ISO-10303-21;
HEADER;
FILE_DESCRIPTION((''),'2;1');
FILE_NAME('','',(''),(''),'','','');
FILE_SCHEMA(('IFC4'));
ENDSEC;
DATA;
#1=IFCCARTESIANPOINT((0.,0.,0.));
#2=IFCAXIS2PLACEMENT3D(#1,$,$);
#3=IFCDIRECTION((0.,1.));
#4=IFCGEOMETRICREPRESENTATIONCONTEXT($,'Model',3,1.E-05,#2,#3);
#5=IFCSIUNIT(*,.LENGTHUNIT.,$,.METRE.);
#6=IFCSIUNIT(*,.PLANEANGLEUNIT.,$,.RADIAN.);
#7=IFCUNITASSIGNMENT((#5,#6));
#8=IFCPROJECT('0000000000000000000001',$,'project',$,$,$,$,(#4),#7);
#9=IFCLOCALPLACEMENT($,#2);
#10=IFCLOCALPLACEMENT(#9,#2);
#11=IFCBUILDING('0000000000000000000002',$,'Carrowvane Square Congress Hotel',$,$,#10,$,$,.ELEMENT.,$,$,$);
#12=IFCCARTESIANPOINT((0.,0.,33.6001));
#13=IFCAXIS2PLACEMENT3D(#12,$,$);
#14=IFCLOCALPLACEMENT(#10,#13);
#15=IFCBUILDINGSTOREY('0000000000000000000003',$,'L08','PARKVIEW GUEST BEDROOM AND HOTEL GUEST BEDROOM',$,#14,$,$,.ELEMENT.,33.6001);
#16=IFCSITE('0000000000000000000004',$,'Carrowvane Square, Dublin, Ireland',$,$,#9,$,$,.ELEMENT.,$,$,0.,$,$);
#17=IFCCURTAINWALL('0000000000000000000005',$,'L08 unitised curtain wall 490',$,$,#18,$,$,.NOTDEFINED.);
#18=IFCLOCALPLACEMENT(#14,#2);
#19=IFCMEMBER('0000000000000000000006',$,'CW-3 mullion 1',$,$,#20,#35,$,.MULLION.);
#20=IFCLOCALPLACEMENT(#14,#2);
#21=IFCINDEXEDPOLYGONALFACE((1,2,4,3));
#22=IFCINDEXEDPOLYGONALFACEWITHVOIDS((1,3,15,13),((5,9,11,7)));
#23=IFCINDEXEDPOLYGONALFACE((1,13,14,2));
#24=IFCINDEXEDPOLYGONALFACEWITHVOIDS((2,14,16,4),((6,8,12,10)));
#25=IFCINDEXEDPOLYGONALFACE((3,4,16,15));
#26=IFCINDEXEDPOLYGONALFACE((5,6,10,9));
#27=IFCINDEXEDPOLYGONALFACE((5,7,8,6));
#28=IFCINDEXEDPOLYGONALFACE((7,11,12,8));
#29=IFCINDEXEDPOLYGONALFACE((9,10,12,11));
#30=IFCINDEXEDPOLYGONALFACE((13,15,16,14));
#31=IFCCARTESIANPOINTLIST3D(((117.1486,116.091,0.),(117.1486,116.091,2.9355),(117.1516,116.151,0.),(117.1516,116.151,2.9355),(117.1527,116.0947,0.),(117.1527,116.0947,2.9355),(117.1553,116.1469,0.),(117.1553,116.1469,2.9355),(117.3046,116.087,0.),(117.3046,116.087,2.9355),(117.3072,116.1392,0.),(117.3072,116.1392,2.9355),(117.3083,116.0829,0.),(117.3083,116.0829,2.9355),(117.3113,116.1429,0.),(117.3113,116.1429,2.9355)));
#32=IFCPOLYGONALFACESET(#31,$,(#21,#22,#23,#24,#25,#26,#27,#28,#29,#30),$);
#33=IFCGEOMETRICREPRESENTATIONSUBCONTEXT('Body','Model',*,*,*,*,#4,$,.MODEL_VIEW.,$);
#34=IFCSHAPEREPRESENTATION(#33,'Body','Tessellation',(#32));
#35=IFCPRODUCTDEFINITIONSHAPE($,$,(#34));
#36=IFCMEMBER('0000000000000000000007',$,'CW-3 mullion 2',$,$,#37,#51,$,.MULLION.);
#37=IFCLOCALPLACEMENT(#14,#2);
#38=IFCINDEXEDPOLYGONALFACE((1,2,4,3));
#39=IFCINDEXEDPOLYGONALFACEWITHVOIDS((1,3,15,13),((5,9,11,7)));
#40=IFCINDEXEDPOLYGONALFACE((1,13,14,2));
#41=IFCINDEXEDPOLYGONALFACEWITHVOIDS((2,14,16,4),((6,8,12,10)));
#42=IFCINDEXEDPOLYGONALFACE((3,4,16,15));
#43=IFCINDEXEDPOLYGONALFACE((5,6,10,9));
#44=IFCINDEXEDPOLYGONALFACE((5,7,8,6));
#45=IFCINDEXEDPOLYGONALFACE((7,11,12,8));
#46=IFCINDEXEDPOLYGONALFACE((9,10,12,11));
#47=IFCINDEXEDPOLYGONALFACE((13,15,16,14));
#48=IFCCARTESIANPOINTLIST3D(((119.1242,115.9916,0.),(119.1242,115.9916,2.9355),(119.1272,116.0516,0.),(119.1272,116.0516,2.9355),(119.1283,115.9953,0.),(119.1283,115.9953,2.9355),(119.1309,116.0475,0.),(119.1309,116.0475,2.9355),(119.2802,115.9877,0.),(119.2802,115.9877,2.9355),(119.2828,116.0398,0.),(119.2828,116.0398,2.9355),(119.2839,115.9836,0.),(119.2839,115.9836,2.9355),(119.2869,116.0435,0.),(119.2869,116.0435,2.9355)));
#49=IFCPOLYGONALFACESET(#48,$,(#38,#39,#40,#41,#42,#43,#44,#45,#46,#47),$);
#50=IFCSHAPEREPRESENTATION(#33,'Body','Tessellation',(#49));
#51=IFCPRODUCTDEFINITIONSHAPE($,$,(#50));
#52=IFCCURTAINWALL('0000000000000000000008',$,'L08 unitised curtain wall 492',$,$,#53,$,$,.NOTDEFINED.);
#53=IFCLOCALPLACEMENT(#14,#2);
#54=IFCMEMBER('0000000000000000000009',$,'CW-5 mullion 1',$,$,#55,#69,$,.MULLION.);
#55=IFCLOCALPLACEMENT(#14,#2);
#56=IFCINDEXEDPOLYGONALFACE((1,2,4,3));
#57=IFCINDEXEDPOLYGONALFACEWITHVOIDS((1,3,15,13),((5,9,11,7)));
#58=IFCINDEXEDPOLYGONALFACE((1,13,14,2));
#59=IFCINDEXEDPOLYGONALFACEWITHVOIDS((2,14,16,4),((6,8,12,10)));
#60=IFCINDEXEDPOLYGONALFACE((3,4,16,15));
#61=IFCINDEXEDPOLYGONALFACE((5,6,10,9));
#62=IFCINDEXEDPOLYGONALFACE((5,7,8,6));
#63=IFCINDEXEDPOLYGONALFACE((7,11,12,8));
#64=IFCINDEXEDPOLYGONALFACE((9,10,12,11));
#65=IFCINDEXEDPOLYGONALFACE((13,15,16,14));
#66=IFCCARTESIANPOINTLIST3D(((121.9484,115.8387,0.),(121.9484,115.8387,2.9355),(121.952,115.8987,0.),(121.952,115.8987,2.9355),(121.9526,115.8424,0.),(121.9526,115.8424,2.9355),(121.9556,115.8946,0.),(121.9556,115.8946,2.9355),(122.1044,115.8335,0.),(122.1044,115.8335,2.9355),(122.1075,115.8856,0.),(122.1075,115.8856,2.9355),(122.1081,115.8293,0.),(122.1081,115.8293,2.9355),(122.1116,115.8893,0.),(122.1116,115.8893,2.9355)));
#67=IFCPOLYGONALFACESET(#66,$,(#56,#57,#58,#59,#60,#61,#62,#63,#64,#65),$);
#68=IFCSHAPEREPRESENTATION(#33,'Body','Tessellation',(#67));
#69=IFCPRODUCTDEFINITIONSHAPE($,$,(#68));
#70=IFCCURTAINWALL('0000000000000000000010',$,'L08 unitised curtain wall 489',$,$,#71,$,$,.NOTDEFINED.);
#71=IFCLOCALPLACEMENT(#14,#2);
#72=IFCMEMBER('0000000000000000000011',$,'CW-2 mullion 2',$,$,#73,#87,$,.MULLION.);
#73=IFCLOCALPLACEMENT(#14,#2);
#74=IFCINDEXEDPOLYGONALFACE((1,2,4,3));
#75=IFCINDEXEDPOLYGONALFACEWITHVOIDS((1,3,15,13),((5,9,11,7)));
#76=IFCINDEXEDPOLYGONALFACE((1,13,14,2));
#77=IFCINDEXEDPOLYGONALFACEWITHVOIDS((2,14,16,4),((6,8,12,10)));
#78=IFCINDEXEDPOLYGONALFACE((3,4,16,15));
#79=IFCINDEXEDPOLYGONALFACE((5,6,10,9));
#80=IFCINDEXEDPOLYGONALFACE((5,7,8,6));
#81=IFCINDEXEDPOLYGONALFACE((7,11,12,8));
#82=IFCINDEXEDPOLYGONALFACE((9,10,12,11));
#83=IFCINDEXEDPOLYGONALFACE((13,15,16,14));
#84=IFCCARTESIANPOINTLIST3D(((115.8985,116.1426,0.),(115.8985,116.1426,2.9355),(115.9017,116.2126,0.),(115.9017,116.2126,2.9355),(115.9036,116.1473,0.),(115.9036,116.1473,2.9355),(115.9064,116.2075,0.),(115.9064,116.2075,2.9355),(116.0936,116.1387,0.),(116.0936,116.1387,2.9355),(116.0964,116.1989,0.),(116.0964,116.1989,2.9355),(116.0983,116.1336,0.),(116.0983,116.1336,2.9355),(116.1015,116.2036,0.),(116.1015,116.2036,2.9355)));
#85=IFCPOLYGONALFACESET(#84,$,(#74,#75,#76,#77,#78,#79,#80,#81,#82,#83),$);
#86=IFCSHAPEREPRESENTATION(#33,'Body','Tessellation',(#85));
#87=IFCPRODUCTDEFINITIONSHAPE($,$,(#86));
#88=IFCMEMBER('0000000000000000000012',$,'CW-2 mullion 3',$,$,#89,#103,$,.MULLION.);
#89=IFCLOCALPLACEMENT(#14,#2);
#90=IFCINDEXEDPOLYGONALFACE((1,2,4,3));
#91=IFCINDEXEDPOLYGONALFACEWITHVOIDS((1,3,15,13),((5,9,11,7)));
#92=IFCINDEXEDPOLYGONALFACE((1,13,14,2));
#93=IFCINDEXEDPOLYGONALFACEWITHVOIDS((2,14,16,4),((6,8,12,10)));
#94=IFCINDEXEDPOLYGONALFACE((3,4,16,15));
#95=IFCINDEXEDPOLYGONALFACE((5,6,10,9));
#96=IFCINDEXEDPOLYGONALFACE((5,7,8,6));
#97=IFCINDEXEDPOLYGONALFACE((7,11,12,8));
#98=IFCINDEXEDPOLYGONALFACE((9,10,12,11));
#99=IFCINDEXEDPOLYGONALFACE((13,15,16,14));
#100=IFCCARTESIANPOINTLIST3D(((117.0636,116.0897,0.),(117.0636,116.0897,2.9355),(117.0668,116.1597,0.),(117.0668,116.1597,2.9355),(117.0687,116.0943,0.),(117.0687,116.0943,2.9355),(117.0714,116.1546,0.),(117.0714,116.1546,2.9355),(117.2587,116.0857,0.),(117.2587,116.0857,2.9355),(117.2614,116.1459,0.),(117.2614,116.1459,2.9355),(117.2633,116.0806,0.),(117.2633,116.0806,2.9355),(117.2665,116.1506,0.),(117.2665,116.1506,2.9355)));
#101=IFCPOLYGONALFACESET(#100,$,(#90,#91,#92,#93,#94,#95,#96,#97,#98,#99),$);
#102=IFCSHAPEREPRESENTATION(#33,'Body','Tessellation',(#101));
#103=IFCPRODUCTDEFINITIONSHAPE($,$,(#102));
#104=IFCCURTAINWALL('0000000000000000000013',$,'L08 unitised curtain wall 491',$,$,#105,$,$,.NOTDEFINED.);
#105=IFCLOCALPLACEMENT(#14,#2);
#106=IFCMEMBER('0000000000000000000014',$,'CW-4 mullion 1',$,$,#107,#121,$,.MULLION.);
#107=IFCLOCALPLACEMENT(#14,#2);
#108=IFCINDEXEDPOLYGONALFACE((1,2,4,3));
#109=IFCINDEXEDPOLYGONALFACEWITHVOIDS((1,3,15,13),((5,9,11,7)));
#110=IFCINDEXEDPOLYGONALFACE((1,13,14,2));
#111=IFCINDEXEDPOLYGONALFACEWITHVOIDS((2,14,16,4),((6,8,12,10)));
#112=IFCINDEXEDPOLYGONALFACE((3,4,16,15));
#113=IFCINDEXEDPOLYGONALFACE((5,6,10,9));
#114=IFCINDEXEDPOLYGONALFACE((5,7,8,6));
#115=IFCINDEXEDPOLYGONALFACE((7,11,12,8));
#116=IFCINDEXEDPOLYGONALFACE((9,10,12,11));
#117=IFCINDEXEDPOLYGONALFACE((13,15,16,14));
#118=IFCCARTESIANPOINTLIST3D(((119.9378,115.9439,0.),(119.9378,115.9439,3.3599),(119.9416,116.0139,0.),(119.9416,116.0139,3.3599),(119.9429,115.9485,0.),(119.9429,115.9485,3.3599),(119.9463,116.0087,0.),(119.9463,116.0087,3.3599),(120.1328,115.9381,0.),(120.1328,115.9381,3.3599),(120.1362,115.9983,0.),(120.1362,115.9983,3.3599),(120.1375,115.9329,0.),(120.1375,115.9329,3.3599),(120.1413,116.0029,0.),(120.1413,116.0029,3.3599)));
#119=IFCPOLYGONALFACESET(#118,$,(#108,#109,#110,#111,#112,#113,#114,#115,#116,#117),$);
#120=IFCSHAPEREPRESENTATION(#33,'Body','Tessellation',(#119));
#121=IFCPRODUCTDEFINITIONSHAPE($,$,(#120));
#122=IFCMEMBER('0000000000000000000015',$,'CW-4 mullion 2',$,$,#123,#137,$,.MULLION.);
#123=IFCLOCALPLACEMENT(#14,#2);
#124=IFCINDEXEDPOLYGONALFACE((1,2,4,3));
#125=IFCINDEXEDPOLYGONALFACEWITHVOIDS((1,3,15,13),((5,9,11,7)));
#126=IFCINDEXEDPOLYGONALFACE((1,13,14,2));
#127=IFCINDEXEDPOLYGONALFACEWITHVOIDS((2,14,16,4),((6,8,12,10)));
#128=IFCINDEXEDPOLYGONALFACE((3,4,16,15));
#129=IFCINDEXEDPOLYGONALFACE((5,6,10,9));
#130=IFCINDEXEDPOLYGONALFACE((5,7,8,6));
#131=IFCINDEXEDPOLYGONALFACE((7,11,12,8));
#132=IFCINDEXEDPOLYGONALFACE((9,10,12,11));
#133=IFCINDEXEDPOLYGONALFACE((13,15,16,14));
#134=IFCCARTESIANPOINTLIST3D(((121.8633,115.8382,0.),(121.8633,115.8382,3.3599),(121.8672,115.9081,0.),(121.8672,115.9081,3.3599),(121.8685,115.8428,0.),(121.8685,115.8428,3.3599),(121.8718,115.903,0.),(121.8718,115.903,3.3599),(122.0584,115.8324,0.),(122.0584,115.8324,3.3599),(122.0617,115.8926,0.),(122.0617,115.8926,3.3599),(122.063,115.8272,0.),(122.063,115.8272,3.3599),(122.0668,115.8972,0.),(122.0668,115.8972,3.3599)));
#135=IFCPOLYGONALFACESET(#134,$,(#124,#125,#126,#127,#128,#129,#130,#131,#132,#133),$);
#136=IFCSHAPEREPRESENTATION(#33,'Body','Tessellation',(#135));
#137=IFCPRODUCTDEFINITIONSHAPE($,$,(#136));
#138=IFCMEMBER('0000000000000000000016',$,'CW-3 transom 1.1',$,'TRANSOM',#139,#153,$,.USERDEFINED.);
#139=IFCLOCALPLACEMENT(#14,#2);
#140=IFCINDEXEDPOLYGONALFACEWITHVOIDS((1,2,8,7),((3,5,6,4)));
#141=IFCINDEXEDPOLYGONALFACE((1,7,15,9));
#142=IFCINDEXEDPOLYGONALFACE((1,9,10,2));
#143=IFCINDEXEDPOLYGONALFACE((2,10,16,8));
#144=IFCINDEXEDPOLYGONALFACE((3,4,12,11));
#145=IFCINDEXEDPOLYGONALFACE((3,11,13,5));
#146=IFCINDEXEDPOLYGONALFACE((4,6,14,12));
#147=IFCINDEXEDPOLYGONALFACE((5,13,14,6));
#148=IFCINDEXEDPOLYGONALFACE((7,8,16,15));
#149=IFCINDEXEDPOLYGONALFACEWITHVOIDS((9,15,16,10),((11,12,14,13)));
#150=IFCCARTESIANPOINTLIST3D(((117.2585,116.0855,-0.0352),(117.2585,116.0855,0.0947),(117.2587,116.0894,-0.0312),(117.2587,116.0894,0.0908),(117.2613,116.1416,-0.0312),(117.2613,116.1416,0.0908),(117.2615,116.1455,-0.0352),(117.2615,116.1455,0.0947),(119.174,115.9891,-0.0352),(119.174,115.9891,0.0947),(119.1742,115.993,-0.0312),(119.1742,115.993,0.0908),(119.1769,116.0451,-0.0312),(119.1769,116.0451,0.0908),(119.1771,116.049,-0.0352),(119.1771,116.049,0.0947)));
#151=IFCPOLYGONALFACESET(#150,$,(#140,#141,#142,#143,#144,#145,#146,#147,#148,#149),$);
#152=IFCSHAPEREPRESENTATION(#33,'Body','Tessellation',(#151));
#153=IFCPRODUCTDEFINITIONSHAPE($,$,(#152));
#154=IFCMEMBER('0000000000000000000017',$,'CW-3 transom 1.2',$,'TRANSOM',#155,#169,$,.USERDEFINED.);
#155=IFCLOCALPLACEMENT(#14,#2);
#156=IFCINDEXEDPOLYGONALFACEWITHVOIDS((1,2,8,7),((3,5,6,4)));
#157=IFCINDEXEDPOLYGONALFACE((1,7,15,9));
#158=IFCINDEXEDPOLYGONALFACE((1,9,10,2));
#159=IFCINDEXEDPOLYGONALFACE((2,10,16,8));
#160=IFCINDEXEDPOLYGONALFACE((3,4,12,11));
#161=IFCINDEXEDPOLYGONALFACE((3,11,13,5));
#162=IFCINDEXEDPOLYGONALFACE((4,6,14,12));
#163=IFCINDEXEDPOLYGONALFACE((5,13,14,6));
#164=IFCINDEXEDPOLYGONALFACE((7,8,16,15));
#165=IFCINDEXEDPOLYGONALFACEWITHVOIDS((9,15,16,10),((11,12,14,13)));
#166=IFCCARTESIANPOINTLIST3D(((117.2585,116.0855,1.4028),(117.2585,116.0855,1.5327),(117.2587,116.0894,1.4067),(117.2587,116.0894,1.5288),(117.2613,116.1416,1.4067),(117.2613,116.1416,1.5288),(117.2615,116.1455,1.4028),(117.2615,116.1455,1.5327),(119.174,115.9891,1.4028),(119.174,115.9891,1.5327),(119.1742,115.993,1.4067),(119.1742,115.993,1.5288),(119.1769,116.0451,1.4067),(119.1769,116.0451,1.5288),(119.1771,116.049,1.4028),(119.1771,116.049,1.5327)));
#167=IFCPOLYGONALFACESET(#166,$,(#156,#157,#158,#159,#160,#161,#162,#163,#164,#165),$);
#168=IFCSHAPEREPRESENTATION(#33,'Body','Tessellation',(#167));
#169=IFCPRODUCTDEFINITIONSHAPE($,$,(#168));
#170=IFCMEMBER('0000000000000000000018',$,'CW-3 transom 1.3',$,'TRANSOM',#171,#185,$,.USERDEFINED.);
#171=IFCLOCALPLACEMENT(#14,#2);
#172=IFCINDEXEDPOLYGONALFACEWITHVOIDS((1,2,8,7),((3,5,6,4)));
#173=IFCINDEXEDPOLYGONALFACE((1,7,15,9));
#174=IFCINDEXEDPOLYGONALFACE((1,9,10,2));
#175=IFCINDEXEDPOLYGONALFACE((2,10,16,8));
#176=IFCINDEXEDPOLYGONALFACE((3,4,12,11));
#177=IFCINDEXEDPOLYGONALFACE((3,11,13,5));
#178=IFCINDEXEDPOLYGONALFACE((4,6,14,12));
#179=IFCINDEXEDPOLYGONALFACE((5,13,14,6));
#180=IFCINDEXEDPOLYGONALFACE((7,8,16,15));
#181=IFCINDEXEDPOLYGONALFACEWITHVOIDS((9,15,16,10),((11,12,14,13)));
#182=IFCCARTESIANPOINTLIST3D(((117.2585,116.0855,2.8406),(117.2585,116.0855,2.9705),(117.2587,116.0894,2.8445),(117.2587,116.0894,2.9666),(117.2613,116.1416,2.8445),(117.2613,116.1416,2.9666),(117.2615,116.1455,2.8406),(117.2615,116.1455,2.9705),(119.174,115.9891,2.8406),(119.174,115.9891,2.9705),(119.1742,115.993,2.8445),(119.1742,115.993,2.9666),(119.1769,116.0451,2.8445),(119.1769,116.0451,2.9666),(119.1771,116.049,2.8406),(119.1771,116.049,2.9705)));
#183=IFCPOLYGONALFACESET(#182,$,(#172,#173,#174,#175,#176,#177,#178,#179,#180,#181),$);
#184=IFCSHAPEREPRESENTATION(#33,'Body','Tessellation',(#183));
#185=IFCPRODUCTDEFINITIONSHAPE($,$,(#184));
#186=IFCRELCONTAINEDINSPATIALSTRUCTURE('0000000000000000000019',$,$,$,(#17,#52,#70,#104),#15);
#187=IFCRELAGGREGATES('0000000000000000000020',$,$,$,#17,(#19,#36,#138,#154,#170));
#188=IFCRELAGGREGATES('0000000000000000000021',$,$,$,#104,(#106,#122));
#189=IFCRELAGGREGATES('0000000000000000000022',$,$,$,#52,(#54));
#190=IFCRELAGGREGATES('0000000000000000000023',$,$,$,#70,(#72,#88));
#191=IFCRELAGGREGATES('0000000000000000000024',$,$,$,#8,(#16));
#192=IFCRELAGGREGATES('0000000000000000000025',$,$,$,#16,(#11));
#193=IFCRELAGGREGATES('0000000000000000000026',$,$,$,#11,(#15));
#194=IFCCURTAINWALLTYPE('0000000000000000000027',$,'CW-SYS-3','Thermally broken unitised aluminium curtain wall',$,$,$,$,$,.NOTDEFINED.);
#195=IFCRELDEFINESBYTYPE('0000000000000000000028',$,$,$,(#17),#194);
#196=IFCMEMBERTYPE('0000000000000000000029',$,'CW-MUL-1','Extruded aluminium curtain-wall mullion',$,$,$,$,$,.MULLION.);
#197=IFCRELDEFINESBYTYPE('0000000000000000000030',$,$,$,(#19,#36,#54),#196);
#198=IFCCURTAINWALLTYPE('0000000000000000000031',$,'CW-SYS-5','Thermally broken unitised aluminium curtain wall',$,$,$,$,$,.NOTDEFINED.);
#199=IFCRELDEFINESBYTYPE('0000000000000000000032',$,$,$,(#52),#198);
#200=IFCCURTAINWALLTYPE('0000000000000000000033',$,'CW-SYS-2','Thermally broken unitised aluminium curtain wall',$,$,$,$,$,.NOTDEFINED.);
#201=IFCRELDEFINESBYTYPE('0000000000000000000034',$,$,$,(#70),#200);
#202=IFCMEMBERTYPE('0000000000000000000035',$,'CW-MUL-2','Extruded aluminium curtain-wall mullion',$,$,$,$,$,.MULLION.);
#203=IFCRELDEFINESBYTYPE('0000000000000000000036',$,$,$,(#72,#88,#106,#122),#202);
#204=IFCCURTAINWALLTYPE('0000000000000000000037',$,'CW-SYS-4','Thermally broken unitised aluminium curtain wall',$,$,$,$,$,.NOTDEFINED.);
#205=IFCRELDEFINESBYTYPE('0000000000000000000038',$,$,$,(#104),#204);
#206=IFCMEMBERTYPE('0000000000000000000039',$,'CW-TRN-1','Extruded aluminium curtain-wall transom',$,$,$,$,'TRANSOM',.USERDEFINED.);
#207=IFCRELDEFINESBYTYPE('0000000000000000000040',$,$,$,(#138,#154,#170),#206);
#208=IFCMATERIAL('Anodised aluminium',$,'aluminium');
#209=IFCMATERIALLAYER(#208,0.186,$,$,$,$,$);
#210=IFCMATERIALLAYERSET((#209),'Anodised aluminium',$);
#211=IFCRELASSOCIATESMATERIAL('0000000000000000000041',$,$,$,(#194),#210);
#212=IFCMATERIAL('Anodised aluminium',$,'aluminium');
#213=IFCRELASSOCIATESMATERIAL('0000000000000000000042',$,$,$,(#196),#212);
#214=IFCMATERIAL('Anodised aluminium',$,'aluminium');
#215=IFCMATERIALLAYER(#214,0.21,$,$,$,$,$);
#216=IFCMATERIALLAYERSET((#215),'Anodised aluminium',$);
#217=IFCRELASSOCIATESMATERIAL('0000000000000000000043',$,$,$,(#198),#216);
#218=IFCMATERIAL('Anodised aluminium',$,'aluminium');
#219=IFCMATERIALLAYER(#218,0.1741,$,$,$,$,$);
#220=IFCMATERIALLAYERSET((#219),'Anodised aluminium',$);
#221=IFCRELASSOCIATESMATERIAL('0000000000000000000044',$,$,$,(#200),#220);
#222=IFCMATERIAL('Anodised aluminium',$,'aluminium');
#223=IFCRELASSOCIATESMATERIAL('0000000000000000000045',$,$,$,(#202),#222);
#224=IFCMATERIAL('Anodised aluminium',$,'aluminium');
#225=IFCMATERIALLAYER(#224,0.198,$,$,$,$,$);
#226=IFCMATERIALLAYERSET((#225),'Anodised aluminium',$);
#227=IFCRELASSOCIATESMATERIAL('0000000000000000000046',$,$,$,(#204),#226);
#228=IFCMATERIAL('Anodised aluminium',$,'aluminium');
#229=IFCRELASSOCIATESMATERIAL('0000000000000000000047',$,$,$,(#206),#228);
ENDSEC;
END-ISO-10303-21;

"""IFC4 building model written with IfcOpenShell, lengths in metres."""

from ifc_helpers import new_model, si_unit, direction, frame, origin, origin_2d, place, context, subcontext, project, spatial, hollow_rectangle, extrude, material, layer, layer_set, material_profile, profile_set, type_object, element, aggregate, save


model = new_model("IFC4")

# Units and contexts
model_context = context("Model", 3, precision=1e-05, world=origin(), true_north=direction((0.0, 1.0)))
body_context = subcontext(model_context, "Body", "Model", "MODEL_VIEW")
ifc_project = project(units=[si_unit("LENGTHUNIT", "METRE"), si_unit("PLANEANGLEUNIT", "RADIAN")], contexts=[model_context])

# Site, building, storey
site_placement = place(None, origin())
site = spatial("IfcSite", under=ifc_project, at=site_placement, Name="Carrowvane Square, Dublin, Ireland", CompositionType="ELEMENT", RefElevation=0.0)
building_placement = place(site_placement, origin())
building = spatial("IfcBuilding", under=site, at=building_placement, Name="Carrowvane Square Congress Hotel", CompositionType="ELEMENT")
storey_placement = place(building_placement, frame((0.0, 0.0, 33.6001)))
storey = spatial("IfcBuildingStorey", under=building, at=storey_placement, Name="L08", Description="PARKVIEW GUEST BEDROOM AND HOTEL GUEST BEDROOM", CompositionType="ELEMENT", Elevation=33.6001)

# Curtain wall, members
ifc_material_1 = material(Name="Anodised aluminium", Category="aluminium")
ifc_layer_1 = layer(ifc_material_1, 0.186)
ifc_layer_set_1 = layer_set([ifc_layer_1], Name="Anodised aluminium")
curtain_wall_type_1 = type_object("IfcCurtainWallType", Name="CW-SYS-3", Description="Thermally broken unitised aluminium curtain wall", PredefinedType="NOTDEFINED", material=ifc_layer_set_1)
curtain_wall_1_placement = place(storey_placement, origin())
curtain_wall_1 = element("IfcCurtainWall", 1, at=curtain_wall_1_placement, inside=storey, type_object=curtain_wall_type_1, Name="L08 unitised curtain wall 490", PredefinedType="NOTDEFINED")
ifc_material_2 = material(Name="Anodised aluminium", Category="aluminium")
ifc_material_profile_1 = material_profile(ifc_material_2, hollow_rectangle(XDim=0.0601, YDim=0.1599, WallThickness=0.0039, at=origin_2d()), Name="CW-ML 60x160x4")
ifc_profile_set_1 = profile_set([ifc_material_profile_1], Name="Anodised aluminium")
member_type_1 = type_object("IfcMemberType", Name="CW-MUL-1", Description="Extruded aluminium curtain-wall mullion", PredefinedType="MULLION", material=ifc_profile_set_1)
member_1_placement = place(storey_placement, frame((117.23, 116.1169, 0.0), z_axis=(0.0, 0.0, 1.0), x_axis=(0.050324, 0.998733, 0.0)))
member_1 = element("IfcMember", 2, at=member_1_placement, type_object=member_type_1, Name="CW-3 mullion 1", PredefinedType="MULLION", context=body_context, shape_type="SweptSolid", body=[
    extrude(hollow_rectangle(XDim=0.0601, YDim=0.1599, WallThickness=0.0039, at=origin_2d()), origin(), (0.0, 0.0, 1.0), 2.9355),
])
member_2_placement = place(storey_placement, frame((119.2056, 116.0176, 0.0), z_axis=(0.0, 0.0, 1.0), x_axis=(0.050324, 0.998733, 0.0)))
member_2 = element("IfcMember", 3, at=member_2_placement, type_object=member_type_1, Name="CW-3 mullion 2", PredefinedType="MULLION", context=body_context, shape_type="SweptSolid", body=[
    extrude(hollow_rectangle(XDim=0.0601, YDim=0.1599, WallThickness=0.0039, at=origin_2d()), origin(), (0.0, 0.0, 1.0), 2.9355),
])

# Curtain wall, member
ifc_material_3 = material(Name="Anodised aluminium", Category="aluminium")
ifc_layer_2 = layer(ifc_material_3, 0.21)
ifc_layer_set_2 = layer_set([ifc_layer_2], Name="Anodised aluminium")
curtain_wall_type_2 = type_object("IfcCurtainWallType", Name="CW-SYS-5", Description="Thermally broken unitised aluminium curtain wall", PredefinedType="NOTDEFINED", material=ifc_layer_set_2)
curtain_wall_2_placement = place(storey_placement, origin())
curtain_wall_2 = element("IfcCurtainWall", 4, at=curtain_wall_2_placement, inside=storey, type_object=curtain_wall_type_2, Name="L08 unitised curtain wall 492", PredefinedType="NOTDEFINED")
member_3_placement = place(storey_placement, frame((122.03, 115.864, 0.0), z_axis=(0.0, 0.0, 1.0), x_axis=(0.058851, 0.998267, 0.0)))
member_3 = element("IfcMember", 5, at=member_3_placement, type_object=member_type_1, Name="CW-5 mullion 1", PredefinedType="MULLION", context=body_context, shape_type="SweptSolid", body=[
    extrude(hollow_rectangle(XDim=0.0601, YDim=0.1599, WallThickness=0.0039, at=origin_2d()), origin(), (0.0, 0.0, 1.0), 2.9355),
])

# Curtain walls, members
ifc_material_4 = material(Name="Anodised aluminium", Category="aluminium")
ifc_layer_3 = layer(ifc_material_4, 0.1741)
ifc_layer_set_3 = layer_set([ifc_layer_3], Name="Anodised aluminium")
curtain_wall_type_3 = type_object("IfcCurtainWallType", Name="CW-SYS-2", Description="Thermally broken unitised aluminium curtain wall", PredefinedType="NOTDEFINED", material=ifc_layer_set_3)
curtain_wall_3_placement = place(storey_placement, origin())
curtain_wall_3 = element("IfcCurtainWall", 6, at=curtain_wall_3_placement, inside=storey, type_object=curtain_wall_type_3, Name="L08 unitised curtain wall 489", PredefinedType="NOTDEFINED")
ifc_material_5 = material(Name="Anodised aluminium", Category="aluminium")
ifc_material_profile_2 = material_profile(ifc_material_5, hollow_rectangle(XDim=0.0701, YDim=0.2, WallThickness=0.0049, at=origin_2d()), Name="CW-ML 70x200x5")
ifc_profile_set_2 = profile_set([ifc_material_profile_2], Name="Anodised aluminium")
member_type_2 = type_object("IfcMemberType", Name="CW-MUL-2", Description="Extruded aluminium curtain-wall mullion", PredefinedType="MULLION", material=ifc_profile_set_2)
member_4_placement = place(storey_placement, frame((116.0, 116.1731, 0.0), z_axis=(0.0, 0.0, 1.0), x_axis=(0.045411, 0.998968, 0.0)))
member_4 = element("IfcMember", 7, at=member_4_placement, type_object=member_type_2, Name="CW-2 mullion 2", PredefinedType="MULLION", context=body_context, shape_type="SweptSolid", body=[
    extrude(hollow_rectangle(XDim=0.0701, YDim=0.2, WallThickness=0.0049, at=origin_2d()), origin(), (0.0, 0.0, 1.0), 2.9355),
])
member_5_placement = place(storey_placement, frame((117.165, 116.1201, 0.0), z_axis=(0.0, 0.0, 1.0), x_axis=(0.045411, 0.998968, 0.0)))
member_5 = element("IfcMember", 8, at=member_5_placement, type_object=member_type_2, Name="CW-2 mullion 3", PredefinedType="MULLION", context=body_context, shape_type="SweptSolid", body=[
    extrude(hollow_rectangle(XDim=0.0701, YDim=0.2, WallThickness=0.0049, at=origin_2d()), origin(), (0.0, 0.0, 1.0), 2.9355),
])
ifc_material_6 = material(Name="Anodised aluminium", Category="aluminium")
ifc_layer_4 = layer(ifc_material_6, 0.198)
ifc_layer_set_4 = layer_set([ifc_layer_4], Name="Anodised aluminium")
curtain_wall_type_4 = type_object("IfcCurtainWallType", Name="CW-SYS-4", Description="Thermally broken unitised aluminium curtain wall", PredefinedType="NOTDEFINED", material=ifc_layer_set_4)
curtain_wall_4_placement = place(storey_placement, origin())
curtain_wall_4 = element("IfcCurtainWall", 9, at=curtain_wall_4_placement, inside=storey, type_object=curtain_wall_type_4, Name="L08 unitised curtain wall 491", PredefinedType="NOTDEFINED")
member_6_placement = place(storey_placement, frame((120.0396, 115.9734, 0.0), z_axis=(0.0, 0.0, 1.0), x_axis=(0.054816, 0.998496, 0.0)))
member_6 = element("IfcMember", 10, at=member_6_placement, type_object=member_type_2, Name="CW-4 mullion 1", PredefinedType="MULLION", context=body_context, shape_type="SweptSolid", body=[
    extrude(hollow_rectangle(XDim=0.0701, YDim=0.2, WallThickness=0.0049, at=origin_2d()), origin(), (0.0, 0.0, 1.0), 3.3599),
])
member_7_placement = place(storey_placement, frame((121.9651, 115.8677, 0.0), z_axis=(0.0, 0.0, 1.0), x_axis=(0.054816, 0.998496, 0.0)))
member_7 = element("IfcMember", 11, at=member_7_placement, type_object=member_type_2, Name="CW-4 mullion 2", PredefinedType="MULLION", context=body_context, shape_type="SweptSolid", body=[
    extrude(hollow_rectangle(XDim=0.0701, YDim=0.2, WallThickness=0.0049, at=origin_2d()), origin(), (0.0, 0.0, 1.0), 3.3599),
])

# Members
ifc_material_7 = material(Name="Anodised aluminium", Category="aluminium")
ifc_material_profile_3 = material_profile(ifc_material_7, hollow_rectangle(XDim=0.0601, YDim=0.1299, WallThickness=0.0039, at=origin_2d()), Name="CW-TR 60x130x4")
ifc_profile_set_3 = profile_set([ifc_material_profile_3], Name="Anodised aluminium")
member_type_3 = type_object("IfcMemberType", Name="CW-TRN-1", Description="Extruded aluminium curtain-wall transom", ElementType="TRANSOM", PredefinedType="USERDEFINED", material=ifc_profile_set_3)
member_8_placement = place(storey_placement, frame((117.26, 116.1155, 0.0298), z_axis=(0.998735, -0.05028, 0.0), x_axis=(0.05028, 0.998735, 0.0)))
member_8 = element("IfcMember", 12, at=member_8_placement, type_object=member_type_3, Name="CW-3 transom 1.1", ObjectType="TRANSOM", PredefinedType="USERDEFINED", context=body_context, shape_type="SweptSolid", body=[
    extrude(hollow_rectangle(XDim=0.0601, YDim=0.1299, WallThickness=0.0039, at=origin_2d()), origin(), (0.0, 0.0, 1.0), 1.918),
])
member_9_placement = place(storey_placement, frame((117.26, 116.1155, 1.4678), z_axis=(0.998735, -0.05028, 0.0), x_axis=(0.05028, 0.998735, 0.0)))
member_9 = element("IfcMember", 13, at=member_9_placement, type_object=member_type_3, Name="CW-3 transom 1.2", ObjectType="TRANSOM", PredefinedType="USERDEFINED", context=body_context, shape_type="SweptSolid", body=[
    extrude(hollow_rectangle(XDim=0.0601, YDim=0.1299, WallThickness=0.0039, at=origin_2d()), origin(), (0.0, 0.0, 1.0), 1.918),
])
member_10_placement = place(storey_placement, frame((117.26, 116.1155, 2.9055), z_axis=(0.998735, -0.05028, 0.0), x_axis=(0.05028, 0.998735, 0.0)))
member_10 = element("IfcMember", 14, at=member_10_placement, type_object=member_type_3, Name="CW-3 transom 1.3", ObjectType="TRANSOM", PredefinedType="USERDEFINED", context=body_context, shape_type="SweptSolid", body=[
    extrude(hollow_rectangle(XDim=0.0601, YDim=0.1299, WallThickness=0.0039, at=origin_2d()), origin(), (0.0, 0.0, 1.0), 1.918),
])

aggregate(curtain_wall_1, [member_1, member_2, member_8, member_9, member_10])
aggregate(curtain_wall_4, [member_6, member_7])
aggregate(curtain_wall_2, [member_3])
aggregate(curtain_wall_3, [member_4, member_5])

save(model, "model.ifc")
